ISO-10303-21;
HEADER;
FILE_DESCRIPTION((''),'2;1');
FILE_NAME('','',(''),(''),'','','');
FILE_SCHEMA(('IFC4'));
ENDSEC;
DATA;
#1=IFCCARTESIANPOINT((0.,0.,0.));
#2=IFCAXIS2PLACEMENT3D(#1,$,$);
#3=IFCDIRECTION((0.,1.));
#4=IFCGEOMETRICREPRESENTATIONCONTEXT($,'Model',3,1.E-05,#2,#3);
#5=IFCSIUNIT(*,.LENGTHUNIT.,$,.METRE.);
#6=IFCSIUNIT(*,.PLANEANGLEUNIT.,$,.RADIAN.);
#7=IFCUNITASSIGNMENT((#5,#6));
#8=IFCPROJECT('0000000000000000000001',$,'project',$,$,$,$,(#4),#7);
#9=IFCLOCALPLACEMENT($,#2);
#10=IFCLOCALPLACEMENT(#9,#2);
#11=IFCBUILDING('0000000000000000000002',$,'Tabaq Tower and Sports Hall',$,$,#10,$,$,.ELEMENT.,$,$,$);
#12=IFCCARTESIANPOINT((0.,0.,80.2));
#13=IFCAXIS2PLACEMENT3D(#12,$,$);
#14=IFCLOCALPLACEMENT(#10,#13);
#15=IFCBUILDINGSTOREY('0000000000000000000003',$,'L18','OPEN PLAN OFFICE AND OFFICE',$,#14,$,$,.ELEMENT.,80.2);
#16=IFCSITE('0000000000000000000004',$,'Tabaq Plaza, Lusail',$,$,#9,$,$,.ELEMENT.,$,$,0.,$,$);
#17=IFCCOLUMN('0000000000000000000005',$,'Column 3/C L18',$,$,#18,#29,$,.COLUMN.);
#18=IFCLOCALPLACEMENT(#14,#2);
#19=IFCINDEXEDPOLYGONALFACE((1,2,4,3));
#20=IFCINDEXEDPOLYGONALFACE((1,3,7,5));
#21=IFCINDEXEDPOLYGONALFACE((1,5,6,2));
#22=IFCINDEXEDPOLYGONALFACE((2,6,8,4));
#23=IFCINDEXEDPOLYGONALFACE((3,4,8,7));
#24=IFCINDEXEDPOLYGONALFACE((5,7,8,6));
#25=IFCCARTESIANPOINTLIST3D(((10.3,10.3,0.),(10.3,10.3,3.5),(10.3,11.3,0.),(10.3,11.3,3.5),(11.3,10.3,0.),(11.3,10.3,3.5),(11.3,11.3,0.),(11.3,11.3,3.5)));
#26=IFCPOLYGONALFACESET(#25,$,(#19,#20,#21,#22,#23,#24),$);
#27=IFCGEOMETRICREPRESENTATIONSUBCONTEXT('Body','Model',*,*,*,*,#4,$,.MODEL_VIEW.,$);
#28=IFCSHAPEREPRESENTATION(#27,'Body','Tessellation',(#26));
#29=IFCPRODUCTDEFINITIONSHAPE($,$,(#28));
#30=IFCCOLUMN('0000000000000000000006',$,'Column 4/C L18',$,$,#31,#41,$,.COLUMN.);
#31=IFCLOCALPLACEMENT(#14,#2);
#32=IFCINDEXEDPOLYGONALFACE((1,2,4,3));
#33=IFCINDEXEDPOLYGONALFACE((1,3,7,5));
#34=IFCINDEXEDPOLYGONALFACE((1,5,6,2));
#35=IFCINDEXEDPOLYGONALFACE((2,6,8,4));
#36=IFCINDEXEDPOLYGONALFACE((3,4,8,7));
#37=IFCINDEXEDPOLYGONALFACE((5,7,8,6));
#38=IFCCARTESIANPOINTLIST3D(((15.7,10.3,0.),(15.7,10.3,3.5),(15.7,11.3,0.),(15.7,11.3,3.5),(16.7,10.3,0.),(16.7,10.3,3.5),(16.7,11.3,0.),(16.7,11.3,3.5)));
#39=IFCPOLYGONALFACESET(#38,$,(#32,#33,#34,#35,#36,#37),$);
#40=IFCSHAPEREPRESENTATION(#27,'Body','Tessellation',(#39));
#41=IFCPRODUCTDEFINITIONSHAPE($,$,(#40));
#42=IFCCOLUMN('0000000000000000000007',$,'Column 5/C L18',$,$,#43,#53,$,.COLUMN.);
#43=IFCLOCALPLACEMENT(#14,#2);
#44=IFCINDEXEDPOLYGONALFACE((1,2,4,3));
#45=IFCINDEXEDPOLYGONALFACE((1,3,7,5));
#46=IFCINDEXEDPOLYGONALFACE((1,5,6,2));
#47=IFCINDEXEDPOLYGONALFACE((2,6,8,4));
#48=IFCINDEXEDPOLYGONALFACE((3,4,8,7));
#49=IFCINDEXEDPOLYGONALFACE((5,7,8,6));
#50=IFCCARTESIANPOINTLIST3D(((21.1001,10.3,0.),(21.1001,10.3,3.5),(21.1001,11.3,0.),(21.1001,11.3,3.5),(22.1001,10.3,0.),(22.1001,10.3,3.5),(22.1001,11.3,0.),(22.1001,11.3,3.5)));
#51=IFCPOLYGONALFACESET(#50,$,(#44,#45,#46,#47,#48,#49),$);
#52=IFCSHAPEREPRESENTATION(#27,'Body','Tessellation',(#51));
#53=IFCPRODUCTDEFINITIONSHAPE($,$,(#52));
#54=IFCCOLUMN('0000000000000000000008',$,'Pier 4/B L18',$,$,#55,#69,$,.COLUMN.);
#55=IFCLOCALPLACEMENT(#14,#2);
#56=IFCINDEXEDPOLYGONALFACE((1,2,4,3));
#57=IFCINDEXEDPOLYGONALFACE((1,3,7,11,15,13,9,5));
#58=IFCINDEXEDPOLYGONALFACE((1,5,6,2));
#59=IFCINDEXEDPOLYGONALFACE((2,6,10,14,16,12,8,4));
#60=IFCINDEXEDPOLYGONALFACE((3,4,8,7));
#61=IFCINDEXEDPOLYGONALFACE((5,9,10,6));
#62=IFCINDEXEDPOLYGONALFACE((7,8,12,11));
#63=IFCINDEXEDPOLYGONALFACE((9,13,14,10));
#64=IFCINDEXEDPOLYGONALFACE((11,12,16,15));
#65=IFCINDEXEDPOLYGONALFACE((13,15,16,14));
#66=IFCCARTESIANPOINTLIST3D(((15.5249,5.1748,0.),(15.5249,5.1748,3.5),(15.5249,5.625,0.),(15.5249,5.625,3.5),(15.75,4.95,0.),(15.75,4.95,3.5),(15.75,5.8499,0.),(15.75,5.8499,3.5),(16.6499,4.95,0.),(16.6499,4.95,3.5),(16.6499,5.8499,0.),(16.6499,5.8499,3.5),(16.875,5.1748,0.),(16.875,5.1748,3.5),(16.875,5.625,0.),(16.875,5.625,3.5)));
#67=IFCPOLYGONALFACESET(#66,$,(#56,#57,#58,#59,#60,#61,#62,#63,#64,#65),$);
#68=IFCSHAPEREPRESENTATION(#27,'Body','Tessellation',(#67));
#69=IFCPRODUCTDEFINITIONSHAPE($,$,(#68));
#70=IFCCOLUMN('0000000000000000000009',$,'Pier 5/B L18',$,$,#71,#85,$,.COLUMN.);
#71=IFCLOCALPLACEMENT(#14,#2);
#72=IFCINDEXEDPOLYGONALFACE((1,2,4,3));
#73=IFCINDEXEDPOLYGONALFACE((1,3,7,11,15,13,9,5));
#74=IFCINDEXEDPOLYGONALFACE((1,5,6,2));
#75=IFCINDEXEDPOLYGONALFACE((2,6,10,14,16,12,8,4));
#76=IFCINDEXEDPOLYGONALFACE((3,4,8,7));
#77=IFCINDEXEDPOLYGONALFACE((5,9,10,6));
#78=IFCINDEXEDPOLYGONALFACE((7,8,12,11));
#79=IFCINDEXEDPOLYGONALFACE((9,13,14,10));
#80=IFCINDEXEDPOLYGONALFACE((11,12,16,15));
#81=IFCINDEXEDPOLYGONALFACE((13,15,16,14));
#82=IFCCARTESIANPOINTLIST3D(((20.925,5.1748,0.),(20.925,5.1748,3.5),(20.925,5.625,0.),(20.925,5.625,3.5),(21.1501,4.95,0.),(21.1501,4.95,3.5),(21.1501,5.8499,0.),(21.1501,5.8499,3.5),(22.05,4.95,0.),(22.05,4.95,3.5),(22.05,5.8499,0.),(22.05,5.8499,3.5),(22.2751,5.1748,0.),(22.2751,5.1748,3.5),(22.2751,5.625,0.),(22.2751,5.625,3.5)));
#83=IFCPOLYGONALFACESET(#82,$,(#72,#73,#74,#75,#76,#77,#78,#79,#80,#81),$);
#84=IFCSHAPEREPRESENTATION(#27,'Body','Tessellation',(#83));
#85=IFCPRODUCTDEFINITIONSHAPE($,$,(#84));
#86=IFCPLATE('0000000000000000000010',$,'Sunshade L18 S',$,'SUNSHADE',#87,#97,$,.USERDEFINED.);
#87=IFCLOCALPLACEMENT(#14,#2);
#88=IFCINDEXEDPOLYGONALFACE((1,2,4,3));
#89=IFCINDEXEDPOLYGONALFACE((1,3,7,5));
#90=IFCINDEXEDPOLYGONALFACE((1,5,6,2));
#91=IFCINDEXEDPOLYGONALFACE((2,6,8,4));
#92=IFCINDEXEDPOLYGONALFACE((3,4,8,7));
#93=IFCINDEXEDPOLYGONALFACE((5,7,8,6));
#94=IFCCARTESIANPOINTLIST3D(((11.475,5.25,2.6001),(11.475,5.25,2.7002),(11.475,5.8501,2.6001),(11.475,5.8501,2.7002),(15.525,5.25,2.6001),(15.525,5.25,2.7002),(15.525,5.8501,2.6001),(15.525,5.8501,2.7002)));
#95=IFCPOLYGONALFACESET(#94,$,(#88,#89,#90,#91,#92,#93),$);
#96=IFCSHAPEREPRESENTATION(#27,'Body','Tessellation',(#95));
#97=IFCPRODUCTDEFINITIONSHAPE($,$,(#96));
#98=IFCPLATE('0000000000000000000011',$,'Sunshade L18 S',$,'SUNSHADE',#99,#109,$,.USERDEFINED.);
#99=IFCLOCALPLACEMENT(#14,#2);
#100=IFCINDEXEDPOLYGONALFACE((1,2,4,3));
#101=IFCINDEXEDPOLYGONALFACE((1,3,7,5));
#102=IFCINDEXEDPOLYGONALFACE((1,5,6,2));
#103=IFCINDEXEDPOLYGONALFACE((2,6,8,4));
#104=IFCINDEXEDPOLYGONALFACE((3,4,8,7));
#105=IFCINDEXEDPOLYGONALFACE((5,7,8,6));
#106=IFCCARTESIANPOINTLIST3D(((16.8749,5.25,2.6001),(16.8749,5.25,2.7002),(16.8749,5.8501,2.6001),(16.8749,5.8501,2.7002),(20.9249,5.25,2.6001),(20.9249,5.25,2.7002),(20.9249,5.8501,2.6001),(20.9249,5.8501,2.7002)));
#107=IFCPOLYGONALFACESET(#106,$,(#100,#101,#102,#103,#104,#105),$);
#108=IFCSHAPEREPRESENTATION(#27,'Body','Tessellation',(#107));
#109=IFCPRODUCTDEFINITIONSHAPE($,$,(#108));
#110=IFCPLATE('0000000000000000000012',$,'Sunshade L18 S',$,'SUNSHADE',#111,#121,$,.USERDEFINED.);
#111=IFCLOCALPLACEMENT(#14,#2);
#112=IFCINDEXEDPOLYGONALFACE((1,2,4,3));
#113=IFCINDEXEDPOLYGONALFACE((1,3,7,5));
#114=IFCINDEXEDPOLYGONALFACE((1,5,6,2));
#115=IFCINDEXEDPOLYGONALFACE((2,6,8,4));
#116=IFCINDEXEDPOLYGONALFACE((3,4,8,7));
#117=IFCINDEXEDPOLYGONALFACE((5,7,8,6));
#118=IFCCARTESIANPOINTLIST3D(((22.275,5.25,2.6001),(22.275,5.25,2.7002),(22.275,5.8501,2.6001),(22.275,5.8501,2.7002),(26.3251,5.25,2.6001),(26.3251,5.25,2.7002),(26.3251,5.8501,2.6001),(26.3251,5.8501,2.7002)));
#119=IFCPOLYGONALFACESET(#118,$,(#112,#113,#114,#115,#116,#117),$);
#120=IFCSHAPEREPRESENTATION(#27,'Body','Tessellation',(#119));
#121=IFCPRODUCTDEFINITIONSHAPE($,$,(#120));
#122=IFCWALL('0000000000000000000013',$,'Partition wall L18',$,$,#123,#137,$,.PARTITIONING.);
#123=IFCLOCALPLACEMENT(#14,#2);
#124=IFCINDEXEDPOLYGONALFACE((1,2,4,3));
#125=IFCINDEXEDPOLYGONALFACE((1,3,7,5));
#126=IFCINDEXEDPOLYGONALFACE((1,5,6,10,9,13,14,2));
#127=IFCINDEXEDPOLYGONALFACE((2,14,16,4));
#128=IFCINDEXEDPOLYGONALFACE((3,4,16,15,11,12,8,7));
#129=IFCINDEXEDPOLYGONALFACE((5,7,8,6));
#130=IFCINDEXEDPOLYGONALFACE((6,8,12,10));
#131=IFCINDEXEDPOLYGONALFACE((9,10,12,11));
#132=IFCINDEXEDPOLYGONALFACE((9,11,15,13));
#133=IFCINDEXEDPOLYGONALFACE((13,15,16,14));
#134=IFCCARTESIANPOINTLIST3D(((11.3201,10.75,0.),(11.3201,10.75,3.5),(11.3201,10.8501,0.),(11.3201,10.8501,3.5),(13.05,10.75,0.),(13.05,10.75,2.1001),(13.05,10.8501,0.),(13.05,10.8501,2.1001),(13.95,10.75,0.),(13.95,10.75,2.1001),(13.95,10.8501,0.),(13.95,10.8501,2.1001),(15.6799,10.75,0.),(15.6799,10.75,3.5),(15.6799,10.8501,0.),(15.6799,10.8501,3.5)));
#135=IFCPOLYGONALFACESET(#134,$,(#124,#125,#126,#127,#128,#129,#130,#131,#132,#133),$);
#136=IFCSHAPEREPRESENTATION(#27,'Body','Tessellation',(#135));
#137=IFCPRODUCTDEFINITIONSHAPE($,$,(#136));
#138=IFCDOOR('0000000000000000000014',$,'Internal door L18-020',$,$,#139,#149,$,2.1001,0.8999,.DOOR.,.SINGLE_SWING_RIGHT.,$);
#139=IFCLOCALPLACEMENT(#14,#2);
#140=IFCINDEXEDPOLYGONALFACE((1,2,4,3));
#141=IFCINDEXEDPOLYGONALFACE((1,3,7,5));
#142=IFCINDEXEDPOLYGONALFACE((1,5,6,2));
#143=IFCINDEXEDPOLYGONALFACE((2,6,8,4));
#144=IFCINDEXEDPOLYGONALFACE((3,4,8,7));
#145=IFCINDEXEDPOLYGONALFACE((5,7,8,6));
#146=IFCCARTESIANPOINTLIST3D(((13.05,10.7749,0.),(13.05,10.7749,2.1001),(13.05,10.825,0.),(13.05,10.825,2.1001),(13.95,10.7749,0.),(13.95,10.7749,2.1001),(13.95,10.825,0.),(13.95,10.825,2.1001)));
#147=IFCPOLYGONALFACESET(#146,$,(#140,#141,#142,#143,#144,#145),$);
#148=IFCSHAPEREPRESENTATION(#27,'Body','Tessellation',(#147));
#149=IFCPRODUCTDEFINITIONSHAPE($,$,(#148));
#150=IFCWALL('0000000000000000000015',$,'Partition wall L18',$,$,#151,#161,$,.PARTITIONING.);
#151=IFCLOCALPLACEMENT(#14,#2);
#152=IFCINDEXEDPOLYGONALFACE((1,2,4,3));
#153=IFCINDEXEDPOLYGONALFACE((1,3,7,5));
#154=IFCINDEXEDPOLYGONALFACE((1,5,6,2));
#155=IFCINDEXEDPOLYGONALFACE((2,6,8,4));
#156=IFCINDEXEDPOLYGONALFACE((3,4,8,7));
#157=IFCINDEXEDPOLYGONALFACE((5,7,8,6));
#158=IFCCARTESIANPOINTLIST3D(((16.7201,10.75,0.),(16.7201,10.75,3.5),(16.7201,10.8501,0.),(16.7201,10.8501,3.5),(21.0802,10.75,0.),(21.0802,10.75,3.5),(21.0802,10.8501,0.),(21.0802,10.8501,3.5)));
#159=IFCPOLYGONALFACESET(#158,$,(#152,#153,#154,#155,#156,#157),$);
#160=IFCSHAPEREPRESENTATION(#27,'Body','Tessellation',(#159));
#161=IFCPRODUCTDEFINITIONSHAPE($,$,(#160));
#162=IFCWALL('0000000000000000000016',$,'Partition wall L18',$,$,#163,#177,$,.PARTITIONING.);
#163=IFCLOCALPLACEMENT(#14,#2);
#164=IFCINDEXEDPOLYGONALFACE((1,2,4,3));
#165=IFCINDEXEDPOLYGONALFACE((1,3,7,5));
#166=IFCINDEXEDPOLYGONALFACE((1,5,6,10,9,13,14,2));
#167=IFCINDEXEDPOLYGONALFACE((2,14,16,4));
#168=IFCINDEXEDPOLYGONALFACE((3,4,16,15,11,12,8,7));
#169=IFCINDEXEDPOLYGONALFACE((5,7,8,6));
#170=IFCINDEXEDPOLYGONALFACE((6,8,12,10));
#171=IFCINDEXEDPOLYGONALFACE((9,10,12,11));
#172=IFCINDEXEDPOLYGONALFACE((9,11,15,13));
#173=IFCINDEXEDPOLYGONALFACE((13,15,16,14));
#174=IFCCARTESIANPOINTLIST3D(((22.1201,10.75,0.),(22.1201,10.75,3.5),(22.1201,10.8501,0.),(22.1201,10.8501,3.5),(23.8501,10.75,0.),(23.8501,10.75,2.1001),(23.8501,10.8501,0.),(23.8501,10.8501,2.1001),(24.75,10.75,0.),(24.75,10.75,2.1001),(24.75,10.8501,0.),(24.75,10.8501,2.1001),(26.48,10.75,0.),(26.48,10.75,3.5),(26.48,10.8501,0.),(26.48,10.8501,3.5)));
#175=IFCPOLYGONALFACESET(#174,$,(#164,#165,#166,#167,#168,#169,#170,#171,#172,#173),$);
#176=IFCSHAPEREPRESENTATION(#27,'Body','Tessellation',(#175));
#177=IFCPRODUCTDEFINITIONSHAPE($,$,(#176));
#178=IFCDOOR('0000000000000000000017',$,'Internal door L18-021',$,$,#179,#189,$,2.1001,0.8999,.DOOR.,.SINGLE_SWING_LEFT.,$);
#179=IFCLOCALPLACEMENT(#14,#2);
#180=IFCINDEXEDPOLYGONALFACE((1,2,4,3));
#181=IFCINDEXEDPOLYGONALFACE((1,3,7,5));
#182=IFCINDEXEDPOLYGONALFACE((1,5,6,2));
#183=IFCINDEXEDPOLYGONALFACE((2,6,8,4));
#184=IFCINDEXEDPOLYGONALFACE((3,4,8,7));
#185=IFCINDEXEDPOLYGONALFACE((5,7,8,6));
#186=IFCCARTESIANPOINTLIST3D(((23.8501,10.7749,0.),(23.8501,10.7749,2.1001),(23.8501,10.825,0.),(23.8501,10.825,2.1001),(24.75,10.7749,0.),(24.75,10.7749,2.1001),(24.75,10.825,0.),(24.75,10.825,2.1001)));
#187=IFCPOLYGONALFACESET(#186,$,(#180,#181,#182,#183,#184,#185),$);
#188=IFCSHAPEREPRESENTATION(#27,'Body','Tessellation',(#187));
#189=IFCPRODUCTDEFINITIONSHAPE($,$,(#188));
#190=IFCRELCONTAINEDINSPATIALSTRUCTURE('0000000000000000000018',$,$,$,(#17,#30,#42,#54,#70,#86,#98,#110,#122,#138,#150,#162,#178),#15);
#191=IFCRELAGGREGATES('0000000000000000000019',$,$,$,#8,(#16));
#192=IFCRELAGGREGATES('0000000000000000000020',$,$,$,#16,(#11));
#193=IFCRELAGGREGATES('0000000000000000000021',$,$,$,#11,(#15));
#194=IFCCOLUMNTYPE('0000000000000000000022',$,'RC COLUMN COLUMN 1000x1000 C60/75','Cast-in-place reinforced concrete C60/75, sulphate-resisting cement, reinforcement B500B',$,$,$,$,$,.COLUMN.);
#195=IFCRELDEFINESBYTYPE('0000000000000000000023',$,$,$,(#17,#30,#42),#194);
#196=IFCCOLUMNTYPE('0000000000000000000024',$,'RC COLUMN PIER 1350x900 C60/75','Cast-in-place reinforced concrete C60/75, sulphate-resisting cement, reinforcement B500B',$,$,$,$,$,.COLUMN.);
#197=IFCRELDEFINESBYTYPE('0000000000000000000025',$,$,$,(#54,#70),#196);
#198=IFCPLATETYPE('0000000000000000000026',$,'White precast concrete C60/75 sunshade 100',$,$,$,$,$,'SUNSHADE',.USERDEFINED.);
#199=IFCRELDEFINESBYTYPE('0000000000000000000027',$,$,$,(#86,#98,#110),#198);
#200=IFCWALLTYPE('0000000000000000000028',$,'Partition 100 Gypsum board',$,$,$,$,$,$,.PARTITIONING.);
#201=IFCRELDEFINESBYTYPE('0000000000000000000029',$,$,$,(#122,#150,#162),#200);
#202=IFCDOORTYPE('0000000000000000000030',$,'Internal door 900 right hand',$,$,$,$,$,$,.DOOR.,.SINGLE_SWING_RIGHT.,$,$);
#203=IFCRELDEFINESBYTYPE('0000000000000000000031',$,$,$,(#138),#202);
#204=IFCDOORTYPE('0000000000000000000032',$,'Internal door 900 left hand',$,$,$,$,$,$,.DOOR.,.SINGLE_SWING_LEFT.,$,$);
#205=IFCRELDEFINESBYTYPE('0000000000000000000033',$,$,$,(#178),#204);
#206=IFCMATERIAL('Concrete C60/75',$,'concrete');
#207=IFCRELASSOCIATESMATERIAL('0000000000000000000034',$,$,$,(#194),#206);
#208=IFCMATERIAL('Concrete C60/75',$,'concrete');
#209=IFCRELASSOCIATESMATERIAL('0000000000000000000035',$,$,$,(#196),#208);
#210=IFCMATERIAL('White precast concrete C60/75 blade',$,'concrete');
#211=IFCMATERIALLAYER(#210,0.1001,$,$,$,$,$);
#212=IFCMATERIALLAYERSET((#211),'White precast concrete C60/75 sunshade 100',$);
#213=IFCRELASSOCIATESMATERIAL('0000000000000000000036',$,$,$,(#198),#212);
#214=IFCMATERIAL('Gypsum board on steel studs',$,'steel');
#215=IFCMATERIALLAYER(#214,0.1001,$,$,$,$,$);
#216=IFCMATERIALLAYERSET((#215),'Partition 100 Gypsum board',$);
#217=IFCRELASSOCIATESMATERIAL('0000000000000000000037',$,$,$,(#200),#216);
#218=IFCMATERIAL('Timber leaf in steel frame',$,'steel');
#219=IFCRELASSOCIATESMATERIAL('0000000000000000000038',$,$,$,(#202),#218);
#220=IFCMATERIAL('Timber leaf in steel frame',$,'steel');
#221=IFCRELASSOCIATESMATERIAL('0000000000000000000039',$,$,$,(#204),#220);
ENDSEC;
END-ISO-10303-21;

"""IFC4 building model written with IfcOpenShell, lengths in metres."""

from ifc_helpers import new_model, si_unit, direction, frame, frame_2d, origin, origin_2d, place, context, subcontext, project, spatial, polyline, rectangle, outline, extrude, material, layer, layer_set, material_profile, profile_set, type_object, element, fill, save


model = new_model("IFC4")

# Units and contexts
model_context = context("Model", 3, precision=1e-05, world=origin(), true_north=direction((0.0, 1.0)))
body_context = subcontext(model_context, "Body", "Model", "MODEL_VIEW")
ifc_project = project(units=[si_unit("LENGTHUNIT", "METRE"), si_unit("PLANEANGLEUNIT", "RADIAN")], contexts=[model_context])

# Site, building, storey
site_placement = place(None, origin())
site = spatial("IfcSite", under=ifc_project, at=site_placement, Name="Tabaq Plaza, Lusail", CompositionType="ELEMENT", RefElevation=0.0)
building_placement = place(site_placement, origin())
building = spatial("IfcBuilding", under=site, at=building_placement, Name="Tabaq Tower and Sports Hall", CompositionType="ELEMENT")
storey_placement = place(building_placement, frame((0.0, 0.0, 80.2)))
storey = spatial("IfcBuildingStorey", under=building, at=storey_placement, Name="L18", Description="OPEN PLAN OFFICE AND OFFICE", CompositionType="ELEMENT", Elevation=80.2)

# Columns
ifc_material_1 = material(Name="Concrete C60/75", Category="concrete")
ifc_material_profile_1 = material_profile(ifc_material_1, rectangle(XDim=1.0, YDim=1.0, at=origin_2d()), Name="COLUMN 1000x1000")
ifc_profile_set_1 = profile_set([ifc_material_profile_1], Name="Concrete C60/75")
column_type_1 = type_object("IfcColumnType", Name="RC COLUMN COLUMN 1000x1000 C60/75", Description="Cast-in-place reinforced concrete C60/75, sulphate-resisting cement, reinforcement B500B", PredefinedType="COLUMN", material=ifc_profile_set_1)
for number, where, z_axis, x_axis, name in (
    (1, (10.8, 10.8, 0.0), (0.0, 0.0, 1.0), (1.0, 0.0, 0.0), "Column 3/C L18"),
    (2, (16.2, 10.8, 0.0), (0.0, 0.0, 1.0), (1.0, 0.0, 0.0), "Column 4/C L18"),
    (3, (21.6001, 10.8, 0.0), (0.0, 0.0, 1.0), (1.0, 0.0, 0.0), "Column 5/C L18"),
):
    element("IfcColumn", number, at=place(storey_placement, frame(where, z_axis=z_axis, x_axis=x_axis)), inside=storey, type_object=column_type_1, Name=name, PredefinedType="COLUMN", context=body_context, shape_type="SweptSolid", body=[
        extrude(rectangle(XDim=1.0, YDim=1.0, at=origin_2d()), origin(), (0.0, 0.0, 1.0), 3.5),
    ])
ifc_material_2 = material(Name="Concrete C60/75", Category="concrete")
ifc_material_profile_2 = material_profile(ifc_material_2, outline(polyline([(-0.45, -0.45), (0.45, -0.45), (0.675, -0.2251), (0.675, 0.2251), (0.45, 0.45), (-0.45, 0.45), (-0.675, 0.2251), (-0.675, -0.2251), (-0.45, -0.45)])), Name="PIER 1350x900")
ifc_profile_set_2 = profile_set([ifc_material_profile_2], Name="Concrete C60/75")
column_type_2 = type_object("IfcColumnType", Name="RC COLUMN PIER 1350x900 C60/75", Description="Cast-in-place reinforced concrete C60/75, sulphate-resisting cement, reinforcement B500B", PredefinedType="COLUMN", material=ifc_profile_set_2)
for number, where, z_axis, x_axis, name in (
    (4, (16.2, 5.3999, 0.0), (0.0, 0.0, 1.0), (1.0, 0.0, 0.0), "Pier 4/B L18"),
    (5, (21.6001, 5.3999, 0.0), (0.0, 0.0, 1.0), (1.0, 0.0, 0.0), "Pier 5/B L18"),
):
    element("IfcColumn", number, at=place(storey_placement, frame(where, z_axis=z_axis, x_axis=x_axis)), inside=storey, type_object=column_type_2, Name=name, PredefinedType="COLUMN", context=body_context, shape_type="SweptSolid", body=[
        extrude(outline(polyline([(-0.45, -0.45), (0.45, -0.45), (0.675, -0.2251), (0.675, 0.2251), (0.45, 0.45), (-0.45, 0.45), (-0.675, 0.2251), (-0.675, -0.2251), (-0.45, -0.45)])), origin(), (0.0, 0.0, 1.0), 3.5),
    ])

# Plates
ifc_material_3 = material(Name="White precast concrete C60/75 blade", Category="concrete")
ifc_layer_1 = layer(ifc_material_3, 0.1001)
ifc_layer_set_1 = layer_set([ifc_layer_1], Name="White precast concrete C60/75 sunshade 100")
plate_type = type_object("IfcPlateType", Name="White precast concrete C60/75 sunshade 100", ElementType="SUNSHADE", PredefinedType="USERDEFINED", material=ifc_layer_set_1)
for number, where, z_axis, x_axis, name in (
    (6, (13.5, 5.55, 2.6001), (0.0, 0.0, 1.0), (1.0, 0.0, 0.0), "Sunshade L18 S"),
    (7, (18.8999, 5.55, 2.6001), (0.0, 0.0, 1.0), (1.0, 0.0, 0.0), "Sunshade L18 S"),
    (8, (24.3, 5.55, 2.6001), (0.0, 0.0, 1.0), (1.0, 0.0, 0.0), "Sunshade L18 S"),
):
    element("IfcPlate", number, at=place(storey_placement, frame(where, z_axis=z_axis, x_axis=x_axis)), inside=storey, type_object=plate_type, Name=name, ObjectType="SUNSHADE", PredefinedType="USERDEFINED", context=body_context, shape_type="SweptSolid", body=[
        extrude(rectangle(XDim=4.05, YDim=0.6001, at=origin_2d()), origin(), (0.0, 0.0, 1.0), 0.1001),
    ])

# Wall, opening, door
ifc_material_4 = material(Name="Gypsum board on steel studs", Category="steel")
ifc_layer_2 = layer(ifc_material_4, 0.1001)
ifc_layer_set_2 = layer_set([ifc_layer_2], Name="Partition 100 Gypsum board")
wall_type_1 = type_object("IfcWallType", Name="Partition 100 Gypsum board", PredefinedType="PARTITIONING", material=ifc_layer_set_2)
wall_1_placement = place(storey_placement, frame((11.3201, 10.8, 0.0), z_axis=(0.0, 0.0, 1.0), x_axis=(1.0, 0.0, 0.0)))
wall_1 = element("IfcWall", 9, at=wall_1_placement, inside=storey, type_object=wall_type_1, Name="Partition wall L18", PredefinedType="PARTITIONING", context=body_context, shape_type="SweptSolid", body=[
    extrude(rectangle(XDim=4.3599, YDim=0.1001, at=frame_2d((2.1799, 0.0))), origin(), (0.0, 0.0, 1.0), 3.5),
])
opening_1_placement = place(wall_1_placement, frame((1.73, 0.0, 0.0)))
opening_1 = element("IfcOpeningElement", 10, at=opening_1_placement, cuts=wall_1, PredefinedType="OPENING", context=body_context, shape_type="SweptSolid", body=[
    extrude(rectangle(XDim=0.8999, YDim=2.1001, at=frame_2d((0.45, 1.05))), frame((0.0, 0.05, 0.0), z_axis=(0.0, -1.0, 0.0), x_axis=(1.0, 0.0, 0.0)), (0.0, 0.0, 1.0), 0.1001),
])
ifc_material_5 = material(Name="Timber leaf in steel frame", Category="steel")
door_type_1 = type_object("IfcDoorType", Name="Internal door 900 right hand", OperationType="SINGLE_SWING_RIGHT", PredefinedType="DOOR", material=ifc_material_5)
door_1_placement = place(opening_1_placement, origin())
door_1 = element("IfcDoor", 11, at=door_1_placement, inside=storey, type_object=door_type_1, Name="Internal door L18-020", OperationType="SINGLE_SWING_RIGHT", OverallHeight=2.1001, OverallWidth=0.8999, PredefinedType="DOOR", context=body_context, shape_type="SweptSolid", body=[
    extrude(rectangle(XDim=0.8999, YDim=2.1001, at=frame_2d((0.45, 1.05))), frame((0.0, 0.0249, 0.0), z_axis=(0.0, -1.0, 0.0), x_axis=(1.0, 0.0, 0.0)), (0.0, 0.0, 1.0), 0.05),
])
fill(opening_1, door_1)

# Wall
wall_2_placement = place(storey_placement, frame((16.72, 10.8, 0.0), z_axis=(0.0, 0.0, 1.0), x_axis=(1.0, 0.0, 0.0)))
element("IfcWall", 12, at=wall_2_placement, inside=storey, type_object=wall_type_1, Name="Partition wall L18", PredefinedType="PARTITIONING", context=body_context, shape_type="SweptSolid", body=[
    extrude(rectangle(XDim=4.3601, YDim=0.1001, at=frame_2d((2.1802, 0.0))), origin(), (0.0, 0.0, 1.0), 3.5),
])

# Wall, opening, door
wall_3_placement = place(storey_placement, frame((22.1201, 10.8, 0.0), z_axis=(0.0, 0.0, 1.0), x_axis=(1.0, 0.0, 0.0)))
wall_3 = element("IfcWall", 13, at=wall_3_placement, inside=storey, type_object=wall_type_1, Name="Partition wall L18", PredefinedType="PARTITIONING", context=body_context, shape_type="SweptSolid", body=[
    extrude(rectangle(XDim=4.3599, YDim=0.1001, at=frame_2d((2.1799, 0.0))), origin(), (0.0, 0.0, 1.0), 3.5),
])
opening_2_placement = place(wall_3_placement, frame((1.73, 0.0, 0.0)))
opening_2 = element("IfcOpeningElement", 14, at=opening_2_placement, cuts=wall_3, PredefinedType="OPENING", context=body_context, shape_type="SweptSolid", body=[
    extrude(rectangle(XDim=0.8999, YDim=2.1001, at=frame_2d((0.45, 1.05))), frame((0.0, 0.05, 0.0), z_axis=(0.0, -1.0, 0.0), x_axis=(1.0, 0.0, 0.0)), (0.0, 0.0, 1.0), 0.1001),
])
ifc_material_6 = material(Name="Timber leaf in steel frame", Category="steel")
door_type_2 = type_object("IfcDoorType", Name="Internal door 900 left hand", OperationType="SINGLE_SWING_LEFT", PredefinedType="DOOR", material=ifc_material_6)
door_2_placement = place(opening_2_placement, origin())
door_2 = element("IfcDoor", 15, at=door_2_placement, inside=storey, type_object=door_type_2, Name="Internal door L18-021", OperationType="SINGLE_SWING_LEFT", OverallHeight=2.1001, OverallWidth=0.8999, PredefinedType="DOOR", context=body_context, shape_type="SweptSolid", body=[
    extrude(rectangle(XDim=0.8999, YDim=2.1001, at=frame_2d((0.45, 1.05))), frame((0.0, 0.0249, 0.0), z_axis=(0.0, -1.0, 0.0), x_axis=(1.0, 0.0, 0.0)), (0.0, 0.0, 1.0), 0.05),
])
fill(opening_2, door_2)

save(model, "model.ifc")
